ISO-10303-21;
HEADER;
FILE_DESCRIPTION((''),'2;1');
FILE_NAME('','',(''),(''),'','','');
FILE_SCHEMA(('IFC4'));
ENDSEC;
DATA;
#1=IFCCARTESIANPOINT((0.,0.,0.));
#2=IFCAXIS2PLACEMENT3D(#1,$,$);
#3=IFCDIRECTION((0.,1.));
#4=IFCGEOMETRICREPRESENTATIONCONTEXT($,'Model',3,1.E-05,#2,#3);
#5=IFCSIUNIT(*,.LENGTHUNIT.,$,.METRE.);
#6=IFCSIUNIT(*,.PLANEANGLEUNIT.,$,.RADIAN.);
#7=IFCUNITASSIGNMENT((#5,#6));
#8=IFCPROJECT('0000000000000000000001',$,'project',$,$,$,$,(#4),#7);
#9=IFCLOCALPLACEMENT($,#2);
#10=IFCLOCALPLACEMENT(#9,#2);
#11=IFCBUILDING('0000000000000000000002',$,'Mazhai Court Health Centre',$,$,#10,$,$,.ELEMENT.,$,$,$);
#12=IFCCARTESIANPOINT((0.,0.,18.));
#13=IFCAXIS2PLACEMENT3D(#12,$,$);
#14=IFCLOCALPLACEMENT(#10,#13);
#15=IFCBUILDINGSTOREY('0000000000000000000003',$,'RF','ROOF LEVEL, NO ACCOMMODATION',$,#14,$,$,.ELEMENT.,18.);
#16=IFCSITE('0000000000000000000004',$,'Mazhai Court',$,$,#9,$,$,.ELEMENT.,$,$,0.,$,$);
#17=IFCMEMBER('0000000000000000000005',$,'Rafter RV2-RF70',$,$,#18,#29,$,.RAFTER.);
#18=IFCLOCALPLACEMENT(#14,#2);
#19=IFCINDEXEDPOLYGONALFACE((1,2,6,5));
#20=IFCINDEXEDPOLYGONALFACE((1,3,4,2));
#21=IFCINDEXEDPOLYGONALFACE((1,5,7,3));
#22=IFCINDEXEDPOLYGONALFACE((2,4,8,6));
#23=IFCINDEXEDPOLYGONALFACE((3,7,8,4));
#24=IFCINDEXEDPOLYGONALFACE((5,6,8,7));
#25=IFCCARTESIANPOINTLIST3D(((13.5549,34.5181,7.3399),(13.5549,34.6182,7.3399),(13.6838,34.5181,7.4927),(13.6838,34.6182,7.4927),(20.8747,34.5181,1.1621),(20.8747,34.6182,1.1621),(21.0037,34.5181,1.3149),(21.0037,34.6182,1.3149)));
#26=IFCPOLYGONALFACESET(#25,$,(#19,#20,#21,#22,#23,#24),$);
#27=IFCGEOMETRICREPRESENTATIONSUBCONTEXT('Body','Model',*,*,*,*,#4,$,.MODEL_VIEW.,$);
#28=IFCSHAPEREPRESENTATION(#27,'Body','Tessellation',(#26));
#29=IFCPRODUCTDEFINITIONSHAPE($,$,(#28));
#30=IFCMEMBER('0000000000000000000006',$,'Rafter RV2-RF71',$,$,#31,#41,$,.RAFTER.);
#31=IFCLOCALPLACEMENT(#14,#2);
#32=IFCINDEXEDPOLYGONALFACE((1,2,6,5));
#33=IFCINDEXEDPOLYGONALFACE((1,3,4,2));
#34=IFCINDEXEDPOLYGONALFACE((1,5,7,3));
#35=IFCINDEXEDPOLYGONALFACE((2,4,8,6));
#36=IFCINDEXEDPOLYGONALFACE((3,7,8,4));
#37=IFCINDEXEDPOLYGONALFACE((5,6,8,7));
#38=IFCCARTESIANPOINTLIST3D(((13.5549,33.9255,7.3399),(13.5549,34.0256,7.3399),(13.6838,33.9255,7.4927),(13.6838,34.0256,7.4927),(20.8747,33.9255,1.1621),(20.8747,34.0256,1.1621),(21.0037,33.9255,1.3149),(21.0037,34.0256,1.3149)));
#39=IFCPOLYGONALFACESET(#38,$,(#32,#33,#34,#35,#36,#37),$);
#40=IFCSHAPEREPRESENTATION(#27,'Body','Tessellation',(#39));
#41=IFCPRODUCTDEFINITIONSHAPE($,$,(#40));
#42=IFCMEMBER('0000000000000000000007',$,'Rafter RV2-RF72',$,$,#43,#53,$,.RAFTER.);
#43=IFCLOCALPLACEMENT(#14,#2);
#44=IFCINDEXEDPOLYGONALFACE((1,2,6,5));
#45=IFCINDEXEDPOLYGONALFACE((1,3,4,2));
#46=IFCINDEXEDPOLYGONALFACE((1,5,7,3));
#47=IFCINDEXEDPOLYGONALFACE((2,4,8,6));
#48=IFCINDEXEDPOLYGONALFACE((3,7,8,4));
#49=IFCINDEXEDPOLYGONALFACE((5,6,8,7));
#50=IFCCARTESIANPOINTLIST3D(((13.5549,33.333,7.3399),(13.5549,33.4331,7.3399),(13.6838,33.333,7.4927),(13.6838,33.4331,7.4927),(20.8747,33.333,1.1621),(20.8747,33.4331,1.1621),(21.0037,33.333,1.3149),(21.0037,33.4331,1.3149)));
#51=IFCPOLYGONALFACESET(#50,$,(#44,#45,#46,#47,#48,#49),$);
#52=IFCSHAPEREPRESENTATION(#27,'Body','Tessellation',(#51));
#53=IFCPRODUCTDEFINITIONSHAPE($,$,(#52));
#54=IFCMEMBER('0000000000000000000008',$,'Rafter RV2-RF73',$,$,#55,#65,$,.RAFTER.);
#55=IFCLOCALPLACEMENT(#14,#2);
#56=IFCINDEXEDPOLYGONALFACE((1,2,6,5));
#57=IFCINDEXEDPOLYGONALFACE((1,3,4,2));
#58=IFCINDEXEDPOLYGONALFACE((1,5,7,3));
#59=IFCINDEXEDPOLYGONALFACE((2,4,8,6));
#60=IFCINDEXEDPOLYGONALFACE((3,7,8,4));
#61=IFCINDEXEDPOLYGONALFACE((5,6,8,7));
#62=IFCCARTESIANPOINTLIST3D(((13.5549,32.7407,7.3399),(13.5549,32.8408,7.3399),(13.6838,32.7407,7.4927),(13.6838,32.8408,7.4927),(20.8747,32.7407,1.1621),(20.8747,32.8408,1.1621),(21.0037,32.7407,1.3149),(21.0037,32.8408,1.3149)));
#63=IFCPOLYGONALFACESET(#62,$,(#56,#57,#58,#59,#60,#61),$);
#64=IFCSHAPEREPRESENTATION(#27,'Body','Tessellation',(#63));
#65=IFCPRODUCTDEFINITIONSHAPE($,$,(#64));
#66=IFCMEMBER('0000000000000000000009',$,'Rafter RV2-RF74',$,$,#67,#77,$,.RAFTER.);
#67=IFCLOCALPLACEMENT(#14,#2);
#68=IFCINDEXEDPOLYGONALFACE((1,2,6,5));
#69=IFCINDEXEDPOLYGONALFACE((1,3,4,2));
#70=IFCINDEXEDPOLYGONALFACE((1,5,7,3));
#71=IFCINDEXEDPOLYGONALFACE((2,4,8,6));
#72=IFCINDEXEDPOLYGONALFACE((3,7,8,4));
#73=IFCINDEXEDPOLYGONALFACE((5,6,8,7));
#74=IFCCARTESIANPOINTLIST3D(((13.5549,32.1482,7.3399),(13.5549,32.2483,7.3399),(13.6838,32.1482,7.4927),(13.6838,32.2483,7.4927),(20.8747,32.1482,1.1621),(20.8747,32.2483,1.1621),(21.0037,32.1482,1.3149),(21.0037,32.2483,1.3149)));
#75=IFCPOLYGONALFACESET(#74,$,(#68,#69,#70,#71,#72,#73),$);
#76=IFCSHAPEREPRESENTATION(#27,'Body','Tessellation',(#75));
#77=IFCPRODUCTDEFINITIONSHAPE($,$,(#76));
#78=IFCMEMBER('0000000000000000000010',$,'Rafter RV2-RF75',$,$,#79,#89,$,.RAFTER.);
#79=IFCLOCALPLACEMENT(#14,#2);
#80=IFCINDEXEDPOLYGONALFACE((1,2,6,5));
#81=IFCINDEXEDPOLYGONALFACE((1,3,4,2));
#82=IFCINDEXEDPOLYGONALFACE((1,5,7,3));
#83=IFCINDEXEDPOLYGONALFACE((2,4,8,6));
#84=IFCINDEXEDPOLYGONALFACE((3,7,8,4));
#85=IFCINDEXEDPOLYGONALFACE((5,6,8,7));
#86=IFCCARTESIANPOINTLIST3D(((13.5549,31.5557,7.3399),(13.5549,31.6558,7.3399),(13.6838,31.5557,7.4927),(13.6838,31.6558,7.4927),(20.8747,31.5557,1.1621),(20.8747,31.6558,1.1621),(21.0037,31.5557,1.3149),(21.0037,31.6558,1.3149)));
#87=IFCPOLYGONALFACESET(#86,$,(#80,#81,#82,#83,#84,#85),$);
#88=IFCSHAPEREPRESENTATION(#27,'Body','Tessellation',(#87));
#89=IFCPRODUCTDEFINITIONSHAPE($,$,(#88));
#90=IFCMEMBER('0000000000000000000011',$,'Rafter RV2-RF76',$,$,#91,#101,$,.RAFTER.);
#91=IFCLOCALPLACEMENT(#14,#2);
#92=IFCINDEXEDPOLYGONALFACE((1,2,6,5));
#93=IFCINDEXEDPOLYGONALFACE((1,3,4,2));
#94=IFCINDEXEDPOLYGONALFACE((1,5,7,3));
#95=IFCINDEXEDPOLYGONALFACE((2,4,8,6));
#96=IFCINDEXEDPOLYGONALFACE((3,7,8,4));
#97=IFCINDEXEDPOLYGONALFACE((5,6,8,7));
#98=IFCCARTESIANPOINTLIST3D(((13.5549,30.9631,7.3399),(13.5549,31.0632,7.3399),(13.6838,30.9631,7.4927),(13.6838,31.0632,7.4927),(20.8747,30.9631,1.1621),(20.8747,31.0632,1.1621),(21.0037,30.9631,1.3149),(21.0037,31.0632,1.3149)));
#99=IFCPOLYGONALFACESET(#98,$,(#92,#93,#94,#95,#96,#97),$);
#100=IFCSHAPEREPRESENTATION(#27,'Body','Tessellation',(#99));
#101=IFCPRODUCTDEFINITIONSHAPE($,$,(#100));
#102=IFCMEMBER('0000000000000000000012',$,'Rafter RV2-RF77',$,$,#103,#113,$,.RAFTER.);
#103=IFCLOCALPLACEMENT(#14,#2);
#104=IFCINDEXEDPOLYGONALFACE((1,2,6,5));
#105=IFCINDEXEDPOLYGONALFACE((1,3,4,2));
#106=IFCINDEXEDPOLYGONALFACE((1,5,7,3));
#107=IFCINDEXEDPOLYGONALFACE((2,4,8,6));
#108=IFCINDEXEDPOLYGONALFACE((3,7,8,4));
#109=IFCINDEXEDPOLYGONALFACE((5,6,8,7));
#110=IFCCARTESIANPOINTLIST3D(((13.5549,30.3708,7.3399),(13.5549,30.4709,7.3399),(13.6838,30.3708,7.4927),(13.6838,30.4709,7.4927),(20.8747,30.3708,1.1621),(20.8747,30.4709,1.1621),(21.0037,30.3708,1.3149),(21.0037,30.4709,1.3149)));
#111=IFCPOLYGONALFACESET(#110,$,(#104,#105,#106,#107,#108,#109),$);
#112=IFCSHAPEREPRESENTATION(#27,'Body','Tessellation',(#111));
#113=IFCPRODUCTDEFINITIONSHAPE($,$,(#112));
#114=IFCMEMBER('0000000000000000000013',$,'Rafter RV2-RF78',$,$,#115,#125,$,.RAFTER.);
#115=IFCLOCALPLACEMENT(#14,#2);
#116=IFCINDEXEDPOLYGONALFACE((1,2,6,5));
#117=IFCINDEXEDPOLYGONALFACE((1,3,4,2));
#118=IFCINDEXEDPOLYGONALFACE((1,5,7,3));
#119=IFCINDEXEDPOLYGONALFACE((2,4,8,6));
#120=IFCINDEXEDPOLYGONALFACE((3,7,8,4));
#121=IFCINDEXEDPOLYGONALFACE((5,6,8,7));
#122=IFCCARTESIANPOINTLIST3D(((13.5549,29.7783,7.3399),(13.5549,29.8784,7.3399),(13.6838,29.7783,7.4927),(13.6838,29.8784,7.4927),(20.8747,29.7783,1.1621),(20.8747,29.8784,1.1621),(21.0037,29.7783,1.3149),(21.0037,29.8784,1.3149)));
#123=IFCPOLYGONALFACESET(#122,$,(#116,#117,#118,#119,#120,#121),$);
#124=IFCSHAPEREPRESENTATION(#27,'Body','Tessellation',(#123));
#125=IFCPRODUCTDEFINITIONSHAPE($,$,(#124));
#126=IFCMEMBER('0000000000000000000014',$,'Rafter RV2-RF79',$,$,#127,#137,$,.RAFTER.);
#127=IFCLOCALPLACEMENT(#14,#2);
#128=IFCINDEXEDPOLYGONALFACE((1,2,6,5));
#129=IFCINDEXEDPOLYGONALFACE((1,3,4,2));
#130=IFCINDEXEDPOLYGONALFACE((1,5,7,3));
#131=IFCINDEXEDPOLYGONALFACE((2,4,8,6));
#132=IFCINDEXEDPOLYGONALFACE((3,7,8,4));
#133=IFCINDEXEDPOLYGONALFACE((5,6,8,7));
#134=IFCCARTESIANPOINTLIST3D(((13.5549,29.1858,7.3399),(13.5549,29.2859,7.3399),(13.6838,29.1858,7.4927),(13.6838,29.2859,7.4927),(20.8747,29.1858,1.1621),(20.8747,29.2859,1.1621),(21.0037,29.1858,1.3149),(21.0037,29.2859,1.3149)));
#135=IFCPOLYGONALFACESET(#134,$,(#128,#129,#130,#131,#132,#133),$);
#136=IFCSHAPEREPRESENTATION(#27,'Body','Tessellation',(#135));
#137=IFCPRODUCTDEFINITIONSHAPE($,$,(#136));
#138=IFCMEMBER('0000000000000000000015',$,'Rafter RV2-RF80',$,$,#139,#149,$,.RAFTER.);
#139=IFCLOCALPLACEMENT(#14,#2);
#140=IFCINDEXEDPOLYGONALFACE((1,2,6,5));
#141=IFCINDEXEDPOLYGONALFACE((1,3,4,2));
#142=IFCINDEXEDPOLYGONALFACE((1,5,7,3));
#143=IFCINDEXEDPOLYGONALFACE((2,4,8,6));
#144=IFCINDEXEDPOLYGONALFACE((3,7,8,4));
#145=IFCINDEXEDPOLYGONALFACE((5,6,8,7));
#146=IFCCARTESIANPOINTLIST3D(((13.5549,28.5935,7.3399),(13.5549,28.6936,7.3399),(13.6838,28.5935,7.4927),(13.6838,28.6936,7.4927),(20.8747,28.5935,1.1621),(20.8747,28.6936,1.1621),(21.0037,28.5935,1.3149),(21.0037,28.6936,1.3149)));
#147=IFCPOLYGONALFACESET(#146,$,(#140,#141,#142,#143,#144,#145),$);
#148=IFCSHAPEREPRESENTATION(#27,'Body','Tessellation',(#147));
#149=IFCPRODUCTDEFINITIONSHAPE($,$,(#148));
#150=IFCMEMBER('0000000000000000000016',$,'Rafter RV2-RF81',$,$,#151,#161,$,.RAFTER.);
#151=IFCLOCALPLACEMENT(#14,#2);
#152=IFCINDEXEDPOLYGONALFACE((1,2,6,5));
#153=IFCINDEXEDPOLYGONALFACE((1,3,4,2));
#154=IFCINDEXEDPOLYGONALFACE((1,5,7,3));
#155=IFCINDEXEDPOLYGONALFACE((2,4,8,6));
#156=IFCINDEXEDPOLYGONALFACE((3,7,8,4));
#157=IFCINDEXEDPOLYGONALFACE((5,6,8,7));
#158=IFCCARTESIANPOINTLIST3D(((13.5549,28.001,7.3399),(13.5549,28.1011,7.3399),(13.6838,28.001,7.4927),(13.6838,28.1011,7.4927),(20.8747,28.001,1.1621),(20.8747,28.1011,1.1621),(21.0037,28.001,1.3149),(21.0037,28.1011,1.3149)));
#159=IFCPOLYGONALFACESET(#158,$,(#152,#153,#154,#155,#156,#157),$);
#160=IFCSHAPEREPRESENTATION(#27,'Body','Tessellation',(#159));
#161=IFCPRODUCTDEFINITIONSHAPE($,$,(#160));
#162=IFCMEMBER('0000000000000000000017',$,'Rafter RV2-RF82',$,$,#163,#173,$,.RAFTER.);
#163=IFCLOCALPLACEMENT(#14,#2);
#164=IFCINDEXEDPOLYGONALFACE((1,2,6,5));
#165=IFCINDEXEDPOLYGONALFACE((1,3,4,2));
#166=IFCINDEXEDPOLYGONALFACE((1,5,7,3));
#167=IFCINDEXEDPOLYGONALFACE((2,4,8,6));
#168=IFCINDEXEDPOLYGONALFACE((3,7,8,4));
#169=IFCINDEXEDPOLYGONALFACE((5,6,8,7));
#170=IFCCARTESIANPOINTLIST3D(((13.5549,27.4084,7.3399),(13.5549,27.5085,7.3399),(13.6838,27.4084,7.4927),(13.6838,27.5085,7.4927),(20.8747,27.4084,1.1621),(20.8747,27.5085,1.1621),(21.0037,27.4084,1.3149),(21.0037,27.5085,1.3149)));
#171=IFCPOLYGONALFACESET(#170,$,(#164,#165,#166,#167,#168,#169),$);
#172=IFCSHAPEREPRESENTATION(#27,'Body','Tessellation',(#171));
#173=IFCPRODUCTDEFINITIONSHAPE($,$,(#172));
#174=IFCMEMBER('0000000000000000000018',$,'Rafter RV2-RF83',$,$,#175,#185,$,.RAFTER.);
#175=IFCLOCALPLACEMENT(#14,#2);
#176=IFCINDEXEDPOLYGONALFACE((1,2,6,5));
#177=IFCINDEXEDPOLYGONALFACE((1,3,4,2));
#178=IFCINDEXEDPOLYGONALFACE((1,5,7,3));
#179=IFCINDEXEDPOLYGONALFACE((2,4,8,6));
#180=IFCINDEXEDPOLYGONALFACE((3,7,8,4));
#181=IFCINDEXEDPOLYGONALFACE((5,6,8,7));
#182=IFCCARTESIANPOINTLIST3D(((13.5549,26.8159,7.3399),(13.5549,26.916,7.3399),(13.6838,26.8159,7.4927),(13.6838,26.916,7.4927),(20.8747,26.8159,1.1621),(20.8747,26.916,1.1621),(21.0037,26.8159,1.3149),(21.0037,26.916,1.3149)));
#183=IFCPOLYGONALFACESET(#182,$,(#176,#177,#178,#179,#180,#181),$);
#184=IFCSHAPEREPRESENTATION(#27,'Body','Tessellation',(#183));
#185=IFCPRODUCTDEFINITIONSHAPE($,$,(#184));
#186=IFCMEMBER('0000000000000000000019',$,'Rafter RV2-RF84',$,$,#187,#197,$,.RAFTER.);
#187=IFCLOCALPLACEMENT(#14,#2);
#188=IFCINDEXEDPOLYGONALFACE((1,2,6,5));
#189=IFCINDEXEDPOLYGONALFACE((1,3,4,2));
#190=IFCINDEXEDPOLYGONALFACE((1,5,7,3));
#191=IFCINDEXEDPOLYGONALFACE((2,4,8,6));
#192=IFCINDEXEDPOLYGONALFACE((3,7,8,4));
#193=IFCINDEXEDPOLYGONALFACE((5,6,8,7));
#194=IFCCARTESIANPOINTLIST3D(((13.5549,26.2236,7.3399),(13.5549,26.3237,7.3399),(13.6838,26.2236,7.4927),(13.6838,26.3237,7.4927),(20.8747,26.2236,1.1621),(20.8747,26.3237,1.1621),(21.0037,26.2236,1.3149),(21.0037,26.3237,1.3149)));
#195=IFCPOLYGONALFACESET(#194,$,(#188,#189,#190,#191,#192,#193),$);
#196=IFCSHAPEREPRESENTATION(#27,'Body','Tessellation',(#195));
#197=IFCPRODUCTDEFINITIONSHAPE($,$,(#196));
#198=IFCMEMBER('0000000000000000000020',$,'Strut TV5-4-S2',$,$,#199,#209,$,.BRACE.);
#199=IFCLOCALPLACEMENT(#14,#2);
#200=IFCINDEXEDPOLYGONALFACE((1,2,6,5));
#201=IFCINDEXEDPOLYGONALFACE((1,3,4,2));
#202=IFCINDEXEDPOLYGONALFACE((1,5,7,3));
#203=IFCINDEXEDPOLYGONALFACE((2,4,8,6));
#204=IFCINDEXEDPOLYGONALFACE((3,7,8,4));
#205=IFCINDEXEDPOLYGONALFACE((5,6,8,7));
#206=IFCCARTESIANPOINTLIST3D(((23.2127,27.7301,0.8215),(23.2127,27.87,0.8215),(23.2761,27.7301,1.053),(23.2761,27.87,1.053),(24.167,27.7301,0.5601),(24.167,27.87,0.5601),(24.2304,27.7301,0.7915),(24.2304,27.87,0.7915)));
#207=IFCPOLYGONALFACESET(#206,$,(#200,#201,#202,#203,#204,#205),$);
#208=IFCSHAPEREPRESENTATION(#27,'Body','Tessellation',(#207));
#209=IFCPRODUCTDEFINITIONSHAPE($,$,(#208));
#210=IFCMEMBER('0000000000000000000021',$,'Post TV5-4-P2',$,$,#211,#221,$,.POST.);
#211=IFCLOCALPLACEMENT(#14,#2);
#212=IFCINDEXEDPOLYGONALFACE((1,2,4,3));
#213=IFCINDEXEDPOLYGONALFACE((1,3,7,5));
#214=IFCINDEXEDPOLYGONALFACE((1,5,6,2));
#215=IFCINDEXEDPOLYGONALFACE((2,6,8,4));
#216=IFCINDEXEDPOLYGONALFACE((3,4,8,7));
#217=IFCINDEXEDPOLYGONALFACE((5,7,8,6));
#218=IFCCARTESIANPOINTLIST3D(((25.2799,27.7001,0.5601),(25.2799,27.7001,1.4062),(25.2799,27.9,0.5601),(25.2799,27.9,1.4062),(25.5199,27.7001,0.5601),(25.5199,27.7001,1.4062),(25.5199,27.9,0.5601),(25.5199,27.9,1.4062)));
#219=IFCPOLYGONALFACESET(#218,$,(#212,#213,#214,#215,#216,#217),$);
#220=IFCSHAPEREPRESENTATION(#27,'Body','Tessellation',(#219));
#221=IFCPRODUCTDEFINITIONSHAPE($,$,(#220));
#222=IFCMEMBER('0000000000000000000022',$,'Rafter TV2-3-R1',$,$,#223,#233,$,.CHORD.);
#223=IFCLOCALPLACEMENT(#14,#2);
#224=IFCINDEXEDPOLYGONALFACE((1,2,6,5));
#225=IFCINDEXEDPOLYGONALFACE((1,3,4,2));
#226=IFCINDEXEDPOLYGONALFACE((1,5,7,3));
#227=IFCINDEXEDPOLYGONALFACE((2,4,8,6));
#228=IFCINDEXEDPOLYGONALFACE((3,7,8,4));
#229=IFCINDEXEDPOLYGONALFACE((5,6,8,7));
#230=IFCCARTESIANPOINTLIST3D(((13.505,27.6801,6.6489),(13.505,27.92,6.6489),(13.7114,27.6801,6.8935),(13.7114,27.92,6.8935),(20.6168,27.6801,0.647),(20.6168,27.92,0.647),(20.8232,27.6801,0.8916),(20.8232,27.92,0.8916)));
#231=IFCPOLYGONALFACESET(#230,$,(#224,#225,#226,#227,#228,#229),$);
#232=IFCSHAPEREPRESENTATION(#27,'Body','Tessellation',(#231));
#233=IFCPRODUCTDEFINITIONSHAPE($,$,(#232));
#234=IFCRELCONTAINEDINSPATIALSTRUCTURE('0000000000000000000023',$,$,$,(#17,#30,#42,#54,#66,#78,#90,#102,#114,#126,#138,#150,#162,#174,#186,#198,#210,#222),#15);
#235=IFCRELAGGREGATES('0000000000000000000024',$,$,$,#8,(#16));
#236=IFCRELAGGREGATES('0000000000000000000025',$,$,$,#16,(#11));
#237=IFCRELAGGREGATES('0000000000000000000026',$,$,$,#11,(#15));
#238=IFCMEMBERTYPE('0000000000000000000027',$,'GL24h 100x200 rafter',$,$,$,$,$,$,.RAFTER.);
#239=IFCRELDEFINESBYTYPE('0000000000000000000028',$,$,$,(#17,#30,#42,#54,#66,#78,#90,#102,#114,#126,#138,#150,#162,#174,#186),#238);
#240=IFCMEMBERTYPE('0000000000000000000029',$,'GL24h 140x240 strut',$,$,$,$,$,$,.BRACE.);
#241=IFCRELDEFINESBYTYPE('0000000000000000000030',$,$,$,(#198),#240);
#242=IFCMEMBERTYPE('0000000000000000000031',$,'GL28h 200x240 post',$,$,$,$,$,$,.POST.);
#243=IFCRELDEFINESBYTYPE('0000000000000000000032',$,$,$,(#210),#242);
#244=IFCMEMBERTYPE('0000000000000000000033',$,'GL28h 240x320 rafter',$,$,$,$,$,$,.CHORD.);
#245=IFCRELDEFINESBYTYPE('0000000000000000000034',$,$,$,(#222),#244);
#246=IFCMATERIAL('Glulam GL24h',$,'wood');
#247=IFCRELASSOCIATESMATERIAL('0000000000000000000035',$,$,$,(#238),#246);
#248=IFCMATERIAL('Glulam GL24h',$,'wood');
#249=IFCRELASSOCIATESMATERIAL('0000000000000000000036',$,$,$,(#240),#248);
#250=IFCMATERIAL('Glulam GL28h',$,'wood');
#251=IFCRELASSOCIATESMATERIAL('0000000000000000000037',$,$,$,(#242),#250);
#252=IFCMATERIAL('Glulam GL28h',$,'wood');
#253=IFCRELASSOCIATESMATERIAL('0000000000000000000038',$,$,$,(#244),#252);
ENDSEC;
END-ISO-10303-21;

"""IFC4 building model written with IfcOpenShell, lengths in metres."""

from ifc_helpers import new_model, si_unit, direction, frame, origin, origin_2d, place, context, subcontext, project, spatial, rectangle, extrude, material, material_profile, profile_set, type_object, element, save


model = new_model("IFC4")

# Units and contexts
model_context = context("Model", 3, precision=1e-05, world=origin(), true_north=direction((0.0, 1.0)))
body_context = subcontext(model_context, "Body", "Model", "MODEL_VIEW")
ifc_project = project(units=[si_unit("LENGTHUNIT", "METRE"), si_unit("PLANEANGLEUNIT", "RADIAN")], contexts=[model_context])

# Site, building, storey
site_placement = place(None, origin())
site = spatial("IfcSite", under=ifc_project, at=site_placement, Name="Mazhai Court", CompositionType="ELEMENT", RefElevation=0.0)
building_placement = place(site_placement, origin())
building = spatial("IfcBuilding", under=site, at=building_placement, Name="Mazhai Court Health Centre", CompositionType="ELEMENT")
storey_placement = place(building_placement, frame((0.0, 0.0, 18.0)))
storey = spatial("IfcBuildingStorey", under=building, at=storey_placement, Name="RF", Description="ROOF LEVEL, NO ACCOMMODATION", CompositionType="ELEMENT", Elevation=18.0)

# Members
ifc_material_1 = material(Name="Glulam GL24h", Category="wood")
ifc_material_profile_1 = material_profile(ifc_material_1, rectangle(XDim=0.1001, YDim=0.2, at=origin_2d()), Name="GL24h 100x200")
ifc_profile_set_1 = profile_set([ifc_material_profile_1], Name="Glulam GL24h")
member_type_1 = type_object("IfcMemberType", Name="GL24h 100x200 rafter", PredefinedType="RAFTER", material=ifc_profile_set_1)
for number, where, z_axis, x_axis, name in (
    (1, (20.9392, 34.5681, 1.2385), (-0.764207, 0.0, 0.644971), (0.0, -1.0, 0.0), "Rafter RV2-RF70"),
    (2, (20.9392, 33.9756, 1.2385), (-0.764207, 0.0, 0.644971), (0.0, -1.0, 0.0), "Rafter RV2-RF71"),
    (3, (20.9392, 33.3831, 1.2385), (-0.764207, 0.0, 0.644971), (0.0, -1.0, 0.0), "Rafter RV2-RF72"),
    (4, (20.9392, 32.7908, 1.2385), (-0.764207, 0.0, 0.644971), (0.0, -1.0, 0.0), "Rafter RV2-RF73"),
    (5, (20.9392, 32.1982, 1.2385), (-0.764207, 0.0, 0.644971), (0.0, -1.0, 0.0), "Rafter RV2-RF74"),
    (6, (20.9392, 31.6057, 1.2385), (-0.764207, 0.0, 0.644971), (0.0, -1.0, 0.0), "Rafter RV2-RF75"),
    (7, (20.9392, 31.0132, 1.2385), (-0.764207, 0.0, 0.644971), (0.0, -1.0, 0.0), "Rafter RV2-RF76"),
    (8, (20.9392, 30.4209, 1.2385), (-0.764207, 0.0, 0.644971), (0.0, -1.0, 0.0), "Rafter RV2-RF77"),
    (9, (20.9392, 29.8284, 1.2385), (-0.764207, 0.0, 0.644971), (0.0, -1.0, 0.0), "Rafter RV2-RF78"),
    (10, (20.9392, 29.2358, 1.2385), (-0.764207, 0.0, 0.644971), (0.0, -1.0, 0.0), "Rafter RV2-RF79"),
    (11, (20.9392, 28.6436, 1.2385), (-0.764207, 0.0, 0.644971), (0.0, -1.0, 0.0), "Rafter RV2-RF80"),
    (12, (20.9392, 28.051, 1.2385), (-0.764207, 0.0, 0.644971), (0.0, -1.0, 0.0), "Rafter RV2-RF81"),
    (13, (20.9392, 27.4585, 1.2385), (-0.764207, 0.0, 0.644971), (0.0, -1.0, 0.0), "Rafter RV2-RF82"),
    (14, (20.9392, 26.866, 1.2385), (-0.764207, 0.0, 0.644971), (0.0, -1.0, 0.0), "Rafter RV2-RF83"),
    (15, (20.9392, 26.2737, 1.2385), (-0.764207, 0.0, 0.644971), (0.0, -1.0, 0.0), "Rafter RV2-RF84"),
):
    element("IfcMember", number, at=place(storey_placement, frame(where, z_axis=z_axis, x_axis=x_axis)), inside=storey, type_object=member_type_1, Name=name, PredefinedType="RAFTER", context=body_context, shape_type="SweptSolid", body=[
        extrude(rectangle(XDim=0.1001, YDim=0.2, at=origin_2d()), origin(), (0.0, 0.0, 1.0), 9.5784),
    ])
ifc_material_2 = material(Name="Glulam GL24h", Category="wood")
ifc_material_profile_2 = material_profile(ifc_material_2, rectangle(XDim=0.1399, YDim=0.24, at=origin_2d()), Name="GL24h 140x240")
ifc_profile_set_2 = profile_set([ifc_material_profile_2], Name="Glulam GL24h")
member_type_2 = type_object("IfcMemberType", Name="GL24h 140x240 strut", PredefinedType="BRACE", material=ifc_profile_set_2)
member_1_placement = place(storey_placement, frame((24.1987, 27.8, 0.6758), z_axis=(-0.964456, 0.0, 0.264245), x_axis=(0.0, -1.0, 0.0)))
element("IfcMember", 16, at=member_1_placement, inside=storey, type_object=member_type_2, Name="Strut TV5-4-S2", PredefinedType="BRACE", context=body_context, shape_type="SweptSolid", body=[
    extrude(rectangle(XDim=0.1399, YDim=0.24, at=origin_2d()), origin(), (0.0, 0.0, 1.0), 0.9895),
])
ifc_material_3 = material(Name="Glulam GL28h", Category="wood")
ifc_material_profile_3 = material_profile(ifc_material_3, rectangle(XDim=0.2, YDim=0.24, at=origin_2d()), Name="GL28h 200x240")
ifc_profile_set_3 = profile_set([ifc_material_profile_3], Name="Glulam GL28h")
member_type_3 = type_object("IfcMemberType", Name="GL28h 200x240 post", PredefinedType="POST", material=ifc_profile_set_3)
member_2_placement = place(storey_placement, frame((25.3999, 27.8, 0.5601), z_axis=(0.0, 0.0, 1.0), x_axis=(0.0, 1.0, 0.0)))
element("IfcMember", 17, at=member_2_placement, inside=storey, type_object=member_type_3, Name="Post TV5-4-P2", PredefinedType="POST", context=body_context, shape_type="SweptSolid", body=[
    extrude(rectangle(XDim=0.2, YDim=0.24, at=origin_2d()), origin(), (0.0, 0.0, 1.0), 0.8462),
])
ifc_material_4 = material(Name="Glulam GL28h", Category="wood")
ifc_material_profile_4 = material_profile(ifc_material_4, rectangle(XDim=0.24, YDim=0.3201, at=origin_2d()), Name="GL28h 240x320")
ifc_profile_set_4 = profile_set([ifc_material_profile_4], Name="Glulam GL28h")
member_type_4 = type_object("IfcMemberType", Name="GL28h 240x320 rafter", PredefinedType="CHORD", material=ifc_profile_set_4)
member_3_placement = place(storey_placement, frame((20.72, 27.8, 0.7693), z_axis=(-0.76422, 0.0, 0.644956), x_axis=(0.0, -1.0, 0.0)))
element("IfcMember", 18, at=member_3_placement, inside=storey, type_object=member_type_4, Name="Rafter TV2-3-R1", PredefinedType="CHORD", context=body_context, shape_type="SweptSolid", body=[
    extrude(rectangle(XDim=0.24, YDim=0.3201, at=origin_2d()), origin(), (0.0, 0.0, 1.0), 9.3059),
])

save(model, "model.ifc")
